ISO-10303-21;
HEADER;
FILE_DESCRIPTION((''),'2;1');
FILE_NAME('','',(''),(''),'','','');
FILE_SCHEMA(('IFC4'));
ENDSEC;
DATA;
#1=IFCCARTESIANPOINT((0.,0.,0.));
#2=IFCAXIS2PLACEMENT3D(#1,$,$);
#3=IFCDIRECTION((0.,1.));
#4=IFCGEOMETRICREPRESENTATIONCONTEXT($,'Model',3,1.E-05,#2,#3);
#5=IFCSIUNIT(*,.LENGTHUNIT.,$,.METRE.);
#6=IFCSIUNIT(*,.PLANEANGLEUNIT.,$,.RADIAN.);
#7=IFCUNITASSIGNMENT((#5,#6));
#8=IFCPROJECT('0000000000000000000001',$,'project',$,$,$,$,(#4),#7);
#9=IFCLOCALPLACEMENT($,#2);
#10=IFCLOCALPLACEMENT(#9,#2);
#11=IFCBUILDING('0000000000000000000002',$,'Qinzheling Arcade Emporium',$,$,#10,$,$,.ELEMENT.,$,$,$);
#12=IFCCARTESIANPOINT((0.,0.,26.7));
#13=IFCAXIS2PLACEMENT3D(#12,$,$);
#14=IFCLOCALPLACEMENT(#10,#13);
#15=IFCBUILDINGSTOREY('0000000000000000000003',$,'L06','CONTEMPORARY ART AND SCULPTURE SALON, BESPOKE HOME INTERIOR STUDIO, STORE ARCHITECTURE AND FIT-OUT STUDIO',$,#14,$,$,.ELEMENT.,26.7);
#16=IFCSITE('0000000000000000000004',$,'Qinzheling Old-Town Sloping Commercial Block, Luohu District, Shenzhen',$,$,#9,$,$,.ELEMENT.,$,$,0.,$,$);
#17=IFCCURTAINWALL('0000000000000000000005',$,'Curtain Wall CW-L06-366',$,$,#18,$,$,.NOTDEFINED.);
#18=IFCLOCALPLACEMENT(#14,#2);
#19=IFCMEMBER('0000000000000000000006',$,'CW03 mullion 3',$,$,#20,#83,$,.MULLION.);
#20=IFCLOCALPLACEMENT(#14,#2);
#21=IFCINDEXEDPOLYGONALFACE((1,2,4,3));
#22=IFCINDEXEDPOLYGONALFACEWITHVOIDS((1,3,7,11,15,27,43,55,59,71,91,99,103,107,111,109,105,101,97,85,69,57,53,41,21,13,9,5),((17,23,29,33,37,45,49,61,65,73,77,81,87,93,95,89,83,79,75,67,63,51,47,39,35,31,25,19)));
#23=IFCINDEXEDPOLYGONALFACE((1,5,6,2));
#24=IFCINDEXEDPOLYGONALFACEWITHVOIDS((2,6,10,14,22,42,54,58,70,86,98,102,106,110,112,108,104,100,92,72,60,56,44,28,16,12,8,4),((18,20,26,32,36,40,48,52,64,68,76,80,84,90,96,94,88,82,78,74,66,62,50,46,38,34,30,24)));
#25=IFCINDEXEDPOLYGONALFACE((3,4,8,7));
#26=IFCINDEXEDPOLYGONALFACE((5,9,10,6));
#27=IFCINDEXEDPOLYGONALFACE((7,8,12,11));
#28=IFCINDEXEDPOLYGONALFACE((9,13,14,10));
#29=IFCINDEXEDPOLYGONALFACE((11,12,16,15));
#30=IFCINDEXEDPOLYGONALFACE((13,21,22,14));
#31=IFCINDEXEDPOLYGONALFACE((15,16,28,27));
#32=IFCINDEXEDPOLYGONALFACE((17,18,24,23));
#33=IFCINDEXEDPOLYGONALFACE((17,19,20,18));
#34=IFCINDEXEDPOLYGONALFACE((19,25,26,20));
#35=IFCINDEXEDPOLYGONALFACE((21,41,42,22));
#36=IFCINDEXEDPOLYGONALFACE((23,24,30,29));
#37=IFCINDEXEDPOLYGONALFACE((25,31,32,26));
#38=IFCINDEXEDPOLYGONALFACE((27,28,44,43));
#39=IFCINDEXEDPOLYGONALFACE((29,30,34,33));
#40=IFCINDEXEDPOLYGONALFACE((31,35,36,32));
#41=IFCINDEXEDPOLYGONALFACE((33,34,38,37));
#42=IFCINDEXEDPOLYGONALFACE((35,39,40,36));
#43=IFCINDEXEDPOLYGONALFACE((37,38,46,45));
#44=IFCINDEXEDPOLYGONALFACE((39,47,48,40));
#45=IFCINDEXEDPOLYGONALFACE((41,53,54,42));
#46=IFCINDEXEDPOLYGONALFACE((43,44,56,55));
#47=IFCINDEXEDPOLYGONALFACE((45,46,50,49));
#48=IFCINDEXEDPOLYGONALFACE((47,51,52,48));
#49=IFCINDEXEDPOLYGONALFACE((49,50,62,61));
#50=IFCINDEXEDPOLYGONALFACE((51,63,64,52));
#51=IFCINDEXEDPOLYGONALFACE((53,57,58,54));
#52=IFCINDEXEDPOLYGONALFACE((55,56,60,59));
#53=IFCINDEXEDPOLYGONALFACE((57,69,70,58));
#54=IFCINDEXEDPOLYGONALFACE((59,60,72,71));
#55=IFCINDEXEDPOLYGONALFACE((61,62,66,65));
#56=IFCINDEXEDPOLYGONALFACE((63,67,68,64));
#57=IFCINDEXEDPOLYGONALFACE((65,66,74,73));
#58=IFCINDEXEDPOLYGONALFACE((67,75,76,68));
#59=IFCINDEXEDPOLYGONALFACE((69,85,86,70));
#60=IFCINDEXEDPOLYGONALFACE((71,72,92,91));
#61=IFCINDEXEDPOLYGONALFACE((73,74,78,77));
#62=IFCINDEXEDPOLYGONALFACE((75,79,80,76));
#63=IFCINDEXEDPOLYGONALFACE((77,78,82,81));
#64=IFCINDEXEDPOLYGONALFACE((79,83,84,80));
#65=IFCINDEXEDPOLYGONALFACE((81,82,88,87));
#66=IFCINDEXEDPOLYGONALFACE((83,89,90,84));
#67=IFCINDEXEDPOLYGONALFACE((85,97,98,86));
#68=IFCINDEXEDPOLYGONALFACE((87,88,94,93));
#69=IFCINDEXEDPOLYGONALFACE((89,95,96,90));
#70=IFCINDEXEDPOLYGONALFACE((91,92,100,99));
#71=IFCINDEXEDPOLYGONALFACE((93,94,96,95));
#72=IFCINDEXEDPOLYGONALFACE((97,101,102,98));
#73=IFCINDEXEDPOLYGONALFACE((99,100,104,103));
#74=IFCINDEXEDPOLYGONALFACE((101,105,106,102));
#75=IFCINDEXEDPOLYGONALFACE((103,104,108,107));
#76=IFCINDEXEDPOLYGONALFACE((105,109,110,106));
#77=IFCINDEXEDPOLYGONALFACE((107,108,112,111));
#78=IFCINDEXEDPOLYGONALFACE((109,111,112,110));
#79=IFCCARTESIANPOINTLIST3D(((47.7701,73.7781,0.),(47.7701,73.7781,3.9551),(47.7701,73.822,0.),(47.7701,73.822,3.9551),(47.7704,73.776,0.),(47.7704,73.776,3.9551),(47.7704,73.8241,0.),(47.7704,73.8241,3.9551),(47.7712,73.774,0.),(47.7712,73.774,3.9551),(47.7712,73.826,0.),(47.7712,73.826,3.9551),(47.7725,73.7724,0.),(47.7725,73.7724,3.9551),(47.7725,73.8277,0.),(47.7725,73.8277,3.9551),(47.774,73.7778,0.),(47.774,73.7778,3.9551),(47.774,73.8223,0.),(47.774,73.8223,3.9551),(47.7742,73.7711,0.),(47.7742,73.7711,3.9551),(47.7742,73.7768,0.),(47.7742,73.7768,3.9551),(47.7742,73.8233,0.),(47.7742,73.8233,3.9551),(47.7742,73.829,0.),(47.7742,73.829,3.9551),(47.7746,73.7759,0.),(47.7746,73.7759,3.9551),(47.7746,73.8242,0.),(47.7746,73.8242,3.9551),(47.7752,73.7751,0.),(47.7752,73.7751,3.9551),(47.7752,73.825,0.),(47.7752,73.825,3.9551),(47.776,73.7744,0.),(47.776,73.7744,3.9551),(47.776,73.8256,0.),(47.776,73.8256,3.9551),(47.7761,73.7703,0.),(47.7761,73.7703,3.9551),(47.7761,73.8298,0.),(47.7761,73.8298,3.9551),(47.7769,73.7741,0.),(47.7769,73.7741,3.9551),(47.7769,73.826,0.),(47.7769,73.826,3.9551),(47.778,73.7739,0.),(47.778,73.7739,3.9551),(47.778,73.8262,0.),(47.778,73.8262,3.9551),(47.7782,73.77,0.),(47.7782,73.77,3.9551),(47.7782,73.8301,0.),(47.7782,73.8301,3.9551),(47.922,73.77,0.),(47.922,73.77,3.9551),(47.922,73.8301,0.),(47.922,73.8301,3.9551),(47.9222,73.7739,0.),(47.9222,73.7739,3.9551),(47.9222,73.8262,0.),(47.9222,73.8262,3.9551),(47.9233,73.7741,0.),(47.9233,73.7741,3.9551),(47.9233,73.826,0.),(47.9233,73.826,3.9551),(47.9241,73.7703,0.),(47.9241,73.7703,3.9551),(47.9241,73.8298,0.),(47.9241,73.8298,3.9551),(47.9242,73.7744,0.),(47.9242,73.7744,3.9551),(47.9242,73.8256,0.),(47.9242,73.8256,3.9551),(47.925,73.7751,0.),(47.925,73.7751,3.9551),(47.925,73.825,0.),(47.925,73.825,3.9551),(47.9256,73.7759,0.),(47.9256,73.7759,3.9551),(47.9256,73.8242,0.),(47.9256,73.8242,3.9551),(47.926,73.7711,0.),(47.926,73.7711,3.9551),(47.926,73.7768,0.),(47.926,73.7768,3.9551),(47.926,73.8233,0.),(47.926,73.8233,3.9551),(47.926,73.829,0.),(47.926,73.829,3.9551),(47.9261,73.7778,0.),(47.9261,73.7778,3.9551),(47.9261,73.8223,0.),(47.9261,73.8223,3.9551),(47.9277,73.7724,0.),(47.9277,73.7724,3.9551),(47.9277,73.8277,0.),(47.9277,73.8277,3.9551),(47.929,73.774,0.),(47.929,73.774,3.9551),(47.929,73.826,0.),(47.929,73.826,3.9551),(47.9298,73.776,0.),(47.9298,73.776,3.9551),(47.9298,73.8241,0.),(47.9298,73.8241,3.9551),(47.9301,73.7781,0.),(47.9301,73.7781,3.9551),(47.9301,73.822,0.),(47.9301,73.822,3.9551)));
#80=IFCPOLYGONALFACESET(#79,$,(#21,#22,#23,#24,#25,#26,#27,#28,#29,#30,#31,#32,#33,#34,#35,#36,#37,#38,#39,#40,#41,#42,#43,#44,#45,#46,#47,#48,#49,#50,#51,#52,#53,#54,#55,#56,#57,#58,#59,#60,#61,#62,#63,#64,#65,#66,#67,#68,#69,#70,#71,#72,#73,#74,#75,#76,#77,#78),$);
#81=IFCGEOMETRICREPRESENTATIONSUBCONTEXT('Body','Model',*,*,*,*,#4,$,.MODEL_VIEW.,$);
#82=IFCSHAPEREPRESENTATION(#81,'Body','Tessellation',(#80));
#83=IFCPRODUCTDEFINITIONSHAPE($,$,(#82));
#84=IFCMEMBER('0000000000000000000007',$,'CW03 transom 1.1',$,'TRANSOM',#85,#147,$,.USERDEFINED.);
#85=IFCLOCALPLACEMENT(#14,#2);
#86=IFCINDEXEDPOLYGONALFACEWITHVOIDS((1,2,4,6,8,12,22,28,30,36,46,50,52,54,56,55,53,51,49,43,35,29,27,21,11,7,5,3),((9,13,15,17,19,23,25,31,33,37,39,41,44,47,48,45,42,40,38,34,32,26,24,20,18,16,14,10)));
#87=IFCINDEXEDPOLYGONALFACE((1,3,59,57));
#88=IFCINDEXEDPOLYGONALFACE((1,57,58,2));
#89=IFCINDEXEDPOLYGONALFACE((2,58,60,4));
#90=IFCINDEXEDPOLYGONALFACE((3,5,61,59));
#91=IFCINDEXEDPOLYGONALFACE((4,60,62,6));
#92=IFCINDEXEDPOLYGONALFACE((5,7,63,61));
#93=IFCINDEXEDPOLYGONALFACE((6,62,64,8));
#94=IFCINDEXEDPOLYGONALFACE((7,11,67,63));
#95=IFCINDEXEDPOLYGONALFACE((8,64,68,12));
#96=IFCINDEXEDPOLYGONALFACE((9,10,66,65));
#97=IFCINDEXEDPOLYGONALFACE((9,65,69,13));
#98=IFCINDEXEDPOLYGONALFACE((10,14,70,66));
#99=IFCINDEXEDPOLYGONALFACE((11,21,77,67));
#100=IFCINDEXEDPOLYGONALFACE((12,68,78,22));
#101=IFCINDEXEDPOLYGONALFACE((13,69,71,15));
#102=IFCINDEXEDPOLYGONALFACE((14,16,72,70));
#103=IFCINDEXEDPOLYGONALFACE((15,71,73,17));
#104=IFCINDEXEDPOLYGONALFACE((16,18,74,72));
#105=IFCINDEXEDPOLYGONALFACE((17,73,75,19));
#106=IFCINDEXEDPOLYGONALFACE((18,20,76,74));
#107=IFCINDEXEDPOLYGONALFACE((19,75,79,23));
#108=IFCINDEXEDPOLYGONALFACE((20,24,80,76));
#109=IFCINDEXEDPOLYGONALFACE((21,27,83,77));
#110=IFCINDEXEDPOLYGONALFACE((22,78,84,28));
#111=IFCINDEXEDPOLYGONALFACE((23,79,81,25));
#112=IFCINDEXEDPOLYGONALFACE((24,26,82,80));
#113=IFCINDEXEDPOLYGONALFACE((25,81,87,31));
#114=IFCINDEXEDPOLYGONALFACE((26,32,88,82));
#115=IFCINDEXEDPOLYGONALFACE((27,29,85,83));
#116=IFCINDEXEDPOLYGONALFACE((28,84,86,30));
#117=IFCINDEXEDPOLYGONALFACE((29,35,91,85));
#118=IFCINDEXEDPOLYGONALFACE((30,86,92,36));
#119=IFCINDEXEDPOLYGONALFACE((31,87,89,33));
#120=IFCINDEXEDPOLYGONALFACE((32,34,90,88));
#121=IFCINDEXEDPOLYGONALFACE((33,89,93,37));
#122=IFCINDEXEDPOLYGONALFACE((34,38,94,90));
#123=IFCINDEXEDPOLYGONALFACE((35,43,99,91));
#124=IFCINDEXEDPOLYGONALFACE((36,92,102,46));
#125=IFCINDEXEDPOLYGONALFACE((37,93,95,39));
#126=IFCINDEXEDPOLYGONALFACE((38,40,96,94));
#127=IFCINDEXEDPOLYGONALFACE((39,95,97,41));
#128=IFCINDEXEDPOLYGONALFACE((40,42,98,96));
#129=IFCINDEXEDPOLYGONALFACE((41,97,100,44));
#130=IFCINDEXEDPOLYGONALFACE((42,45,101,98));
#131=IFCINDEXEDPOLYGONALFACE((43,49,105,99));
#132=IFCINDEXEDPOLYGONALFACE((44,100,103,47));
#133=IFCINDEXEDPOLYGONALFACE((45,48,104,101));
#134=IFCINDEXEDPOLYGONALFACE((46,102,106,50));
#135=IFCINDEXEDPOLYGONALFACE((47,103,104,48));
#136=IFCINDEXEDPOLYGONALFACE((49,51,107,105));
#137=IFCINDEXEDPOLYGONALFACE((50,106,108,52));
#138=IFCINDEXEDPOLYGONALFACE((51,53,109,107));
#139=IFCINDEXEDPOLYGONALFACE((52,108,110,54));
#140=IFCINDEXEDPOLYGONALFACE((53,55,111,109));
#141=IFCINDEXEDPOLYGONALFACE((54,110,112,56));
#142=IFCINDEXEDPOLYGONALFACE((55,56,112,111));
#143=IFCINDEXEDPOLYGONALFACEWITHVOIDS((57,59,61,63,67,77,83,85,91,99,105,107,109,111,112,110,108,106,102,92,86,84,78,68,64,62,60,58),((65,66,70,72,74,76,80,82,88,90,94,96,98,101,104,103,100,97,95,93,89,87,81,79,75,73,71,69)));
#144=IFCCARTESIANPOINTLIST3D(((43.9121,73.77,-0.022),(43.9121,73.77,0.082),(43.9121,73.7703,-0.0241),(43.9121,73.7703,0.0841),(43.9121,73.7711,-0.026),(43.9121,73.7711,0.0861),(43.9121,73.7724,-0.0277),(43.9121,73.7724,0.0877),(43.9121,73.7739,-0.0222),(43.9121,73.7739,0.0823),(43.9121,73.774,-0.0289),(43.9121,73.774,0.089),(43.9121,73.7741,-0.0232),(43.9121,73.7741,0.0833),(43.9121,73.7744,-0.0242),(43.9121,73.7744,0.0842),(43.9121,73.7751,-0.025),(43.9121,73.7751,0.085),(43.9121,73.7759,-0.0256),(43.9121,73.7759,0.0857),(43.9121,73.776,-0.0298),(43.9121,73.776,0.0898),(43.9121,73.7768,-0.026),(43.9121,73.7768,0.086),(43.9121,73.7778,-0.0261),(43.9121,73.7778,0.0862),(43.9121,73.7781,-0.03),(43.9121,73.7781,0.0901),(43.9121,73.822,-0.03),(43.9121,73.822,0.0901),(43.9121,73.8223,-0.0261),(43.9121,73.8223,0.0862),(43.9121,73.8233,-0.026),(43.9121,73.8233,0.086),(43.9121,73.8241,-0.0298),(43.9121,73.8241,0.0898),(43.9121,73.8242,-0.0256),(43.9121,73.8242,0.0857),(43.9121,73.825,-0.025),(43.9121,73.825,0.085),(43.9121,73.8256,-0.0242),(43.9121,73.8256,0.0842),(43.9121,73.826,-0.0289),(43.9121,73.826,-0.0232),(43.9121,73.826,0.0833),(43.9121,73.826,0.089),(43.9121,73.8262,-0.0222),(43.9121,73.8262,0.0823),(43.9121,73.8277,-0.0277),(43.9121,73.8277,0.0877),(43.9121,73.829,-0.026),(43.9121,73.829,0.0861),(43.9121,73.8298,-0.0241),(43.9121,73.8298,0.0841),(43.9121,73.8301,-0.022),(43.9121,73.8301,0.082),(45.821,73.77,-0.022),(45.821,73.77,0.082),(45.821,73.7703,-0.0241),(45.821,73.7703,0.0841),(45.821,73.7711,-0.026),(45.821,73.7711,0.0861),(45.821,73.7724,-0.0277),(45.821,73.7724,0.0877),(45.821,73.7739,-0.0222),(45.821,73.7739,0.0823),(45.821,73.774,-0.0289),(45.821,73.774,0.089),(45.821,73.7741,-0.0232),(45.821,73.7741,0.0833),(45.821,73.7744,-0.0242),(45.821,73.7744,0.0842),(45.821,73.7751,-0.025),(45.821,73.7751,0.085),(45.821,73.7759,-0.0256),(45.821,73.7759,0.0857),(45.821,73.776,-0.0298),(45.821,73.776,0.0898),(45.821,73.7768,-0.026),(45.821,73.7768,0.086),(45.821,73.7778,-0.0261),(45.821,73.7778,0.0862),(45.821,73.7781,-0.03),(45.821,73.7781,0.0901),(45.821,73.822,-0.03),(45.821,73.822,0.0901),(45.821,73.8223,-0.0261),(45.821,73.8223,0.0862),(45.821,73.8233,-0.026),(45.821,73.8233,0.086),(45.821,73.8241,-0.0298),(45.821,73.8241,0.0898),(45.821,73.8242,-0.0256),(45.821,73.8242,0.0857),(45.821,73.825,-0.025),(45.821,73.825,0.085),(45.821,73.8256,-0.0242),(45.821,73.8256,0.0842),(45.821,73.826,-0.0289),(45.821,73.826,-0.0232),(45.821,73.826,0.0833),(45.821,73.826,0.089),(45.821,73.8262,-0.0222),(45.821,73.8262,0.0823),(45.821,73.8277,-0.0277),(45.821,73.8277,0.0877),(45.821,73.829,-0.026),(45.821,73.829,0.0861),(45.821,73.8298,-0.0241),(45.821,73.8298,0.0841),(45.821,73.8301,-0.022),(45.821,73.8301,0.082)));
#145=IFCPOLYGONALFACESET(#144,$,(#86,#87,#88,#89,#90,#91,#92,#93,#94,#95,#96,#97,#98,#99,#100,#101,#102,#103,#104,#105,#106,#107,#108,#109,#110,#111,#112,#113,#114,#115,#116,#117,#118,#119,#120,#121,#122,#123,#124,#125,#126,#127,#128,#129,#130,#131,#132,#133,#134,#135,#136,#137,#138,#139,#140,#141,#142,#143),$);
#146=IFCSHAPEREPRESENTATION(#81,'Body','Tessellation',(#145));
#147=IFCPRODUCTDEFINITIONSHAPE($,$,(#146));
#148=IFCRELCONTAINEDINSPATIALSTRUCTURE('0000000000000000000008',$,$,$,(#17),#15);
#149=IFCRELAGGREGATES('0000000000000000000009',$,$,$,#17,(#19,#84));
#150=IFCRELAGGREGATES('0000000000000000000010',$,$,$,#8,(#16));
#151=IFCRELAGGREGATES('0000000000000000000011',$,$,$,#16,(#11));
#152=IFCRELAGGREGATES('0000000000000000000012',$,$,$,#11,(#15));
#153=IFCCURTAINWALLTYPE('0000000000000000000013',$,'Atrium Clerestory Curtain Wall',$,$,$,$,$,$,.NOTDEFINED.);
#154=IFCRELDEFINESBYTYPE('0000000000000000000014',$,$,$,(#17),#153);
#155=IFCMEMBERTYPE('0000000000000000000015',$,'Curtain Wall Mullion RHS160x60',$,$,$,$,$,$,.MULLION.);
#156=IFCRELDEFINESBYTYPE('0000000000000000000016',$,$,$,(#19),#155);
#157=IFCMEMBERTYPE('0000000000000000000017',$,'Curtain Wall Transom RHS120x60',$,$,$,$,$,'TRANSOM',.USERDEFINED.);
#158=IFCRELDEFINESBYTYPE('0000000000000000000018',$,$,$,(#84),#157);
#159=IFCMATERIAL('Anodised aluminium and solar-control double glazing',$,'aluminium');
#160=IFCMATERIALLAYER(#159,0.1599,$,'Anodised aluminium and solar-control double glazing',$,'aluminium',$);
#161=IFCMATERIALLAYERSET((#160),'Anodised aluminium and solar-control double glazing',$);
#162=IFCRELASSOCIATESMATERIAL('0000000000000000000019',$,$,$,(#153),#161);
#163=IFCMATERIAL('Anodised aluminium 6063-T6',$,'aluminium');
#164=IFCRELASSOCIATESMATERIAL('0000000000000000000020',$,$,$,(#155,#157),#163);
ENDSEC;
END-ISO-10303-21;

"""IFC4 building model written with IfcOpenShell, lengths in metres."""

from ifc_helpers import new_model, si_unit, direction, frame, origin, origin_2d, place, context, subcontext, project, spatial, hollow_rectangle, extrude, material, layer, layer_set, material_profile, profile_set, type_object, element, aggregate, save


model = new_model("IFC4")

# Units and contexts
model_context = context("Model", 3, precision=1e-05, world=origin(), true_north=direction((0.0, 1.0)))
body_context = subcontext(model_context, "Body", "Model", "MODEL_VIEW")
ifc_project = project(units=[si_unit("LENGTHUNIT", "METRE"), si_unit("PLANEANGLEUNIT", "RADIAN")], contexts=[model_context])

# Site, building, storey
site_placement = place(None, origin())
site = spatial("IfcSite", under=ifc_project, at=site_placement, Name="Qinzheling Old-Town Sloping Commercial Block, Luohu District, Shenzhen", CompositionType="ELEMENT", RefElevation=0.0)
building_placement = place(site_placement, origin())
building = spatial("IfcBuilding", under=site, at=building_placement, Name="Qinzheling Arcade Emporium", CompositionType="ELEMENT")
storey_placement = place(building_placement, frame((0.0, 0.0, 26.7)))
storey = spatial("IfcBuildingStorey", under=building, at=storey_placement, Name="L06", Description="CONTEMPORARY ART AND SCULPTURE SALON, BESPOKE HOME INTERIOR STUDIO, STORE ARCHITECTURE AND FIT-OUT STUDIO", CompositionType="ELEMENT", Elevation=26.7)

# Curtain wall, members
ifc_material_1 = material(Name="Anodised aluminium and solar-control double glazing", Category="aluminium")
ifc_layer_1 = layer(ifc_material_1, 0.1599, Name="Anodised aluminium and solar-control double glazing", Category="aluminium")
ifc_layer_set_1 = layer_set([ifc_layer_1], Name="Anodised aluminium and solar-control double glazing")
curtain_wall_type = type_object("IfcCurtainWallType", Name="Atrium Clerestory Curtain Wall", PredefinedType="NOTDEFINED", material=ifc_layer_set_1)
curtain_wall_placement = place(storey_placement, origin())
curtain_wall = element("IfcCurtainWall", 1, at=curtain_wall_placement, inside=storey, type_object=curtain_wall_type, Name="Curtain Wall CW-L06-366", PredefinedType="NOTDEFINED")
ifc_material_2 = material(Name="Anodised aluminium 6063-T6", Category="aluminium")
ifc_material_profile_1 = material_profile(ifc_material_2, hollow_rectangle(XDim=0.0601, YDim=0.1599, WallThickness=0.0039, InnerFilletRadius=0.0039, OuterFilletRadius=0.0081, at=origin_2d()), Name="RHS 160x60x4", Category="aluminium")
ifc_profile_set_1 = profile_set([ifc_material_profile_1], Name="Anodised aluminium 6063-T6")
member_type_1 = type_object("IfcMemberType", Name="Curtain Wall Mullion RHS160x60", PredefinedType="MULLION", material=ifc_profile_set_1)
member_1_placement = place(storey_placement, frame((47.8501, 73.8, 0.0), z_axis=(0.0, 0.0, 1.0), x_axis=(0.0, 1.0, 0.0)))
member_1 = element("IfcMember", 2, at=member_1_placement, type_object=member_type_1, Name="CW03 mullion 3", PredefinedType="MULLION", context=body_context, shape_type="SweptSolid", body=[
    extrude(hollow_rectangle(XDim=0.0601, YDim=0.1599, WallThickness=0.0039, InnerFilletRadius=0.0039, OuterFilletRadius=0.0081, at=origin_2d()), origin(), (0.0, 0.0, 1.0), 3.9551),
])
ifc_material_profile_2 = material_profile(ifc_material_2, hollow_rectangle(XDim=0.0601, YDim=0.1201, WallThickness=0.0039, InnerFilletRadius=0.0039, OuterFilletRadius=0.0081, at=origin_2d()), Name="RHS 120x60x4", Category="aluminium")
ifc_profile_set_2 = profile_set([ifc_material_profile_2], Name="Anodised aluminium 6063-T6")
member_type_2 = type_object("IfcMemberType", Name="Curtain Wall Transom RHS120x60", ElementType="TRANSOM", PredefinedType="USERDEFINED", material=ifc_profile_set_2)
member_2_placement = place(storey_placement, frame((43.9121, 73.8, 0.03), z_axis=(1.0, 0.0, 0.0), x_axis=(0.0, 1.0, 0.0)))
member_2 = element("IfcMember", 3, at=member_2_placement, type_object=member_type_2, Name="CW03 transom 1.1", ObjectType="TRANSOM", PredefinedType="USERDEFINED", context=body_context, shape_type="SweptSolid", body=[
    extrude(hollow_rectangle(XDim=0.0601, YDim=0.1201, WallThickness=0.0039, InnerFilletRadius=0.0039, OuterFilletRadius=0.0081, at=origin_2d()), origin(), (0.0, 0.0, 1.0), 1.9089),
])

aggregate(curtain_wall, [member_1, member_2])

save(model, "model.ifc")
